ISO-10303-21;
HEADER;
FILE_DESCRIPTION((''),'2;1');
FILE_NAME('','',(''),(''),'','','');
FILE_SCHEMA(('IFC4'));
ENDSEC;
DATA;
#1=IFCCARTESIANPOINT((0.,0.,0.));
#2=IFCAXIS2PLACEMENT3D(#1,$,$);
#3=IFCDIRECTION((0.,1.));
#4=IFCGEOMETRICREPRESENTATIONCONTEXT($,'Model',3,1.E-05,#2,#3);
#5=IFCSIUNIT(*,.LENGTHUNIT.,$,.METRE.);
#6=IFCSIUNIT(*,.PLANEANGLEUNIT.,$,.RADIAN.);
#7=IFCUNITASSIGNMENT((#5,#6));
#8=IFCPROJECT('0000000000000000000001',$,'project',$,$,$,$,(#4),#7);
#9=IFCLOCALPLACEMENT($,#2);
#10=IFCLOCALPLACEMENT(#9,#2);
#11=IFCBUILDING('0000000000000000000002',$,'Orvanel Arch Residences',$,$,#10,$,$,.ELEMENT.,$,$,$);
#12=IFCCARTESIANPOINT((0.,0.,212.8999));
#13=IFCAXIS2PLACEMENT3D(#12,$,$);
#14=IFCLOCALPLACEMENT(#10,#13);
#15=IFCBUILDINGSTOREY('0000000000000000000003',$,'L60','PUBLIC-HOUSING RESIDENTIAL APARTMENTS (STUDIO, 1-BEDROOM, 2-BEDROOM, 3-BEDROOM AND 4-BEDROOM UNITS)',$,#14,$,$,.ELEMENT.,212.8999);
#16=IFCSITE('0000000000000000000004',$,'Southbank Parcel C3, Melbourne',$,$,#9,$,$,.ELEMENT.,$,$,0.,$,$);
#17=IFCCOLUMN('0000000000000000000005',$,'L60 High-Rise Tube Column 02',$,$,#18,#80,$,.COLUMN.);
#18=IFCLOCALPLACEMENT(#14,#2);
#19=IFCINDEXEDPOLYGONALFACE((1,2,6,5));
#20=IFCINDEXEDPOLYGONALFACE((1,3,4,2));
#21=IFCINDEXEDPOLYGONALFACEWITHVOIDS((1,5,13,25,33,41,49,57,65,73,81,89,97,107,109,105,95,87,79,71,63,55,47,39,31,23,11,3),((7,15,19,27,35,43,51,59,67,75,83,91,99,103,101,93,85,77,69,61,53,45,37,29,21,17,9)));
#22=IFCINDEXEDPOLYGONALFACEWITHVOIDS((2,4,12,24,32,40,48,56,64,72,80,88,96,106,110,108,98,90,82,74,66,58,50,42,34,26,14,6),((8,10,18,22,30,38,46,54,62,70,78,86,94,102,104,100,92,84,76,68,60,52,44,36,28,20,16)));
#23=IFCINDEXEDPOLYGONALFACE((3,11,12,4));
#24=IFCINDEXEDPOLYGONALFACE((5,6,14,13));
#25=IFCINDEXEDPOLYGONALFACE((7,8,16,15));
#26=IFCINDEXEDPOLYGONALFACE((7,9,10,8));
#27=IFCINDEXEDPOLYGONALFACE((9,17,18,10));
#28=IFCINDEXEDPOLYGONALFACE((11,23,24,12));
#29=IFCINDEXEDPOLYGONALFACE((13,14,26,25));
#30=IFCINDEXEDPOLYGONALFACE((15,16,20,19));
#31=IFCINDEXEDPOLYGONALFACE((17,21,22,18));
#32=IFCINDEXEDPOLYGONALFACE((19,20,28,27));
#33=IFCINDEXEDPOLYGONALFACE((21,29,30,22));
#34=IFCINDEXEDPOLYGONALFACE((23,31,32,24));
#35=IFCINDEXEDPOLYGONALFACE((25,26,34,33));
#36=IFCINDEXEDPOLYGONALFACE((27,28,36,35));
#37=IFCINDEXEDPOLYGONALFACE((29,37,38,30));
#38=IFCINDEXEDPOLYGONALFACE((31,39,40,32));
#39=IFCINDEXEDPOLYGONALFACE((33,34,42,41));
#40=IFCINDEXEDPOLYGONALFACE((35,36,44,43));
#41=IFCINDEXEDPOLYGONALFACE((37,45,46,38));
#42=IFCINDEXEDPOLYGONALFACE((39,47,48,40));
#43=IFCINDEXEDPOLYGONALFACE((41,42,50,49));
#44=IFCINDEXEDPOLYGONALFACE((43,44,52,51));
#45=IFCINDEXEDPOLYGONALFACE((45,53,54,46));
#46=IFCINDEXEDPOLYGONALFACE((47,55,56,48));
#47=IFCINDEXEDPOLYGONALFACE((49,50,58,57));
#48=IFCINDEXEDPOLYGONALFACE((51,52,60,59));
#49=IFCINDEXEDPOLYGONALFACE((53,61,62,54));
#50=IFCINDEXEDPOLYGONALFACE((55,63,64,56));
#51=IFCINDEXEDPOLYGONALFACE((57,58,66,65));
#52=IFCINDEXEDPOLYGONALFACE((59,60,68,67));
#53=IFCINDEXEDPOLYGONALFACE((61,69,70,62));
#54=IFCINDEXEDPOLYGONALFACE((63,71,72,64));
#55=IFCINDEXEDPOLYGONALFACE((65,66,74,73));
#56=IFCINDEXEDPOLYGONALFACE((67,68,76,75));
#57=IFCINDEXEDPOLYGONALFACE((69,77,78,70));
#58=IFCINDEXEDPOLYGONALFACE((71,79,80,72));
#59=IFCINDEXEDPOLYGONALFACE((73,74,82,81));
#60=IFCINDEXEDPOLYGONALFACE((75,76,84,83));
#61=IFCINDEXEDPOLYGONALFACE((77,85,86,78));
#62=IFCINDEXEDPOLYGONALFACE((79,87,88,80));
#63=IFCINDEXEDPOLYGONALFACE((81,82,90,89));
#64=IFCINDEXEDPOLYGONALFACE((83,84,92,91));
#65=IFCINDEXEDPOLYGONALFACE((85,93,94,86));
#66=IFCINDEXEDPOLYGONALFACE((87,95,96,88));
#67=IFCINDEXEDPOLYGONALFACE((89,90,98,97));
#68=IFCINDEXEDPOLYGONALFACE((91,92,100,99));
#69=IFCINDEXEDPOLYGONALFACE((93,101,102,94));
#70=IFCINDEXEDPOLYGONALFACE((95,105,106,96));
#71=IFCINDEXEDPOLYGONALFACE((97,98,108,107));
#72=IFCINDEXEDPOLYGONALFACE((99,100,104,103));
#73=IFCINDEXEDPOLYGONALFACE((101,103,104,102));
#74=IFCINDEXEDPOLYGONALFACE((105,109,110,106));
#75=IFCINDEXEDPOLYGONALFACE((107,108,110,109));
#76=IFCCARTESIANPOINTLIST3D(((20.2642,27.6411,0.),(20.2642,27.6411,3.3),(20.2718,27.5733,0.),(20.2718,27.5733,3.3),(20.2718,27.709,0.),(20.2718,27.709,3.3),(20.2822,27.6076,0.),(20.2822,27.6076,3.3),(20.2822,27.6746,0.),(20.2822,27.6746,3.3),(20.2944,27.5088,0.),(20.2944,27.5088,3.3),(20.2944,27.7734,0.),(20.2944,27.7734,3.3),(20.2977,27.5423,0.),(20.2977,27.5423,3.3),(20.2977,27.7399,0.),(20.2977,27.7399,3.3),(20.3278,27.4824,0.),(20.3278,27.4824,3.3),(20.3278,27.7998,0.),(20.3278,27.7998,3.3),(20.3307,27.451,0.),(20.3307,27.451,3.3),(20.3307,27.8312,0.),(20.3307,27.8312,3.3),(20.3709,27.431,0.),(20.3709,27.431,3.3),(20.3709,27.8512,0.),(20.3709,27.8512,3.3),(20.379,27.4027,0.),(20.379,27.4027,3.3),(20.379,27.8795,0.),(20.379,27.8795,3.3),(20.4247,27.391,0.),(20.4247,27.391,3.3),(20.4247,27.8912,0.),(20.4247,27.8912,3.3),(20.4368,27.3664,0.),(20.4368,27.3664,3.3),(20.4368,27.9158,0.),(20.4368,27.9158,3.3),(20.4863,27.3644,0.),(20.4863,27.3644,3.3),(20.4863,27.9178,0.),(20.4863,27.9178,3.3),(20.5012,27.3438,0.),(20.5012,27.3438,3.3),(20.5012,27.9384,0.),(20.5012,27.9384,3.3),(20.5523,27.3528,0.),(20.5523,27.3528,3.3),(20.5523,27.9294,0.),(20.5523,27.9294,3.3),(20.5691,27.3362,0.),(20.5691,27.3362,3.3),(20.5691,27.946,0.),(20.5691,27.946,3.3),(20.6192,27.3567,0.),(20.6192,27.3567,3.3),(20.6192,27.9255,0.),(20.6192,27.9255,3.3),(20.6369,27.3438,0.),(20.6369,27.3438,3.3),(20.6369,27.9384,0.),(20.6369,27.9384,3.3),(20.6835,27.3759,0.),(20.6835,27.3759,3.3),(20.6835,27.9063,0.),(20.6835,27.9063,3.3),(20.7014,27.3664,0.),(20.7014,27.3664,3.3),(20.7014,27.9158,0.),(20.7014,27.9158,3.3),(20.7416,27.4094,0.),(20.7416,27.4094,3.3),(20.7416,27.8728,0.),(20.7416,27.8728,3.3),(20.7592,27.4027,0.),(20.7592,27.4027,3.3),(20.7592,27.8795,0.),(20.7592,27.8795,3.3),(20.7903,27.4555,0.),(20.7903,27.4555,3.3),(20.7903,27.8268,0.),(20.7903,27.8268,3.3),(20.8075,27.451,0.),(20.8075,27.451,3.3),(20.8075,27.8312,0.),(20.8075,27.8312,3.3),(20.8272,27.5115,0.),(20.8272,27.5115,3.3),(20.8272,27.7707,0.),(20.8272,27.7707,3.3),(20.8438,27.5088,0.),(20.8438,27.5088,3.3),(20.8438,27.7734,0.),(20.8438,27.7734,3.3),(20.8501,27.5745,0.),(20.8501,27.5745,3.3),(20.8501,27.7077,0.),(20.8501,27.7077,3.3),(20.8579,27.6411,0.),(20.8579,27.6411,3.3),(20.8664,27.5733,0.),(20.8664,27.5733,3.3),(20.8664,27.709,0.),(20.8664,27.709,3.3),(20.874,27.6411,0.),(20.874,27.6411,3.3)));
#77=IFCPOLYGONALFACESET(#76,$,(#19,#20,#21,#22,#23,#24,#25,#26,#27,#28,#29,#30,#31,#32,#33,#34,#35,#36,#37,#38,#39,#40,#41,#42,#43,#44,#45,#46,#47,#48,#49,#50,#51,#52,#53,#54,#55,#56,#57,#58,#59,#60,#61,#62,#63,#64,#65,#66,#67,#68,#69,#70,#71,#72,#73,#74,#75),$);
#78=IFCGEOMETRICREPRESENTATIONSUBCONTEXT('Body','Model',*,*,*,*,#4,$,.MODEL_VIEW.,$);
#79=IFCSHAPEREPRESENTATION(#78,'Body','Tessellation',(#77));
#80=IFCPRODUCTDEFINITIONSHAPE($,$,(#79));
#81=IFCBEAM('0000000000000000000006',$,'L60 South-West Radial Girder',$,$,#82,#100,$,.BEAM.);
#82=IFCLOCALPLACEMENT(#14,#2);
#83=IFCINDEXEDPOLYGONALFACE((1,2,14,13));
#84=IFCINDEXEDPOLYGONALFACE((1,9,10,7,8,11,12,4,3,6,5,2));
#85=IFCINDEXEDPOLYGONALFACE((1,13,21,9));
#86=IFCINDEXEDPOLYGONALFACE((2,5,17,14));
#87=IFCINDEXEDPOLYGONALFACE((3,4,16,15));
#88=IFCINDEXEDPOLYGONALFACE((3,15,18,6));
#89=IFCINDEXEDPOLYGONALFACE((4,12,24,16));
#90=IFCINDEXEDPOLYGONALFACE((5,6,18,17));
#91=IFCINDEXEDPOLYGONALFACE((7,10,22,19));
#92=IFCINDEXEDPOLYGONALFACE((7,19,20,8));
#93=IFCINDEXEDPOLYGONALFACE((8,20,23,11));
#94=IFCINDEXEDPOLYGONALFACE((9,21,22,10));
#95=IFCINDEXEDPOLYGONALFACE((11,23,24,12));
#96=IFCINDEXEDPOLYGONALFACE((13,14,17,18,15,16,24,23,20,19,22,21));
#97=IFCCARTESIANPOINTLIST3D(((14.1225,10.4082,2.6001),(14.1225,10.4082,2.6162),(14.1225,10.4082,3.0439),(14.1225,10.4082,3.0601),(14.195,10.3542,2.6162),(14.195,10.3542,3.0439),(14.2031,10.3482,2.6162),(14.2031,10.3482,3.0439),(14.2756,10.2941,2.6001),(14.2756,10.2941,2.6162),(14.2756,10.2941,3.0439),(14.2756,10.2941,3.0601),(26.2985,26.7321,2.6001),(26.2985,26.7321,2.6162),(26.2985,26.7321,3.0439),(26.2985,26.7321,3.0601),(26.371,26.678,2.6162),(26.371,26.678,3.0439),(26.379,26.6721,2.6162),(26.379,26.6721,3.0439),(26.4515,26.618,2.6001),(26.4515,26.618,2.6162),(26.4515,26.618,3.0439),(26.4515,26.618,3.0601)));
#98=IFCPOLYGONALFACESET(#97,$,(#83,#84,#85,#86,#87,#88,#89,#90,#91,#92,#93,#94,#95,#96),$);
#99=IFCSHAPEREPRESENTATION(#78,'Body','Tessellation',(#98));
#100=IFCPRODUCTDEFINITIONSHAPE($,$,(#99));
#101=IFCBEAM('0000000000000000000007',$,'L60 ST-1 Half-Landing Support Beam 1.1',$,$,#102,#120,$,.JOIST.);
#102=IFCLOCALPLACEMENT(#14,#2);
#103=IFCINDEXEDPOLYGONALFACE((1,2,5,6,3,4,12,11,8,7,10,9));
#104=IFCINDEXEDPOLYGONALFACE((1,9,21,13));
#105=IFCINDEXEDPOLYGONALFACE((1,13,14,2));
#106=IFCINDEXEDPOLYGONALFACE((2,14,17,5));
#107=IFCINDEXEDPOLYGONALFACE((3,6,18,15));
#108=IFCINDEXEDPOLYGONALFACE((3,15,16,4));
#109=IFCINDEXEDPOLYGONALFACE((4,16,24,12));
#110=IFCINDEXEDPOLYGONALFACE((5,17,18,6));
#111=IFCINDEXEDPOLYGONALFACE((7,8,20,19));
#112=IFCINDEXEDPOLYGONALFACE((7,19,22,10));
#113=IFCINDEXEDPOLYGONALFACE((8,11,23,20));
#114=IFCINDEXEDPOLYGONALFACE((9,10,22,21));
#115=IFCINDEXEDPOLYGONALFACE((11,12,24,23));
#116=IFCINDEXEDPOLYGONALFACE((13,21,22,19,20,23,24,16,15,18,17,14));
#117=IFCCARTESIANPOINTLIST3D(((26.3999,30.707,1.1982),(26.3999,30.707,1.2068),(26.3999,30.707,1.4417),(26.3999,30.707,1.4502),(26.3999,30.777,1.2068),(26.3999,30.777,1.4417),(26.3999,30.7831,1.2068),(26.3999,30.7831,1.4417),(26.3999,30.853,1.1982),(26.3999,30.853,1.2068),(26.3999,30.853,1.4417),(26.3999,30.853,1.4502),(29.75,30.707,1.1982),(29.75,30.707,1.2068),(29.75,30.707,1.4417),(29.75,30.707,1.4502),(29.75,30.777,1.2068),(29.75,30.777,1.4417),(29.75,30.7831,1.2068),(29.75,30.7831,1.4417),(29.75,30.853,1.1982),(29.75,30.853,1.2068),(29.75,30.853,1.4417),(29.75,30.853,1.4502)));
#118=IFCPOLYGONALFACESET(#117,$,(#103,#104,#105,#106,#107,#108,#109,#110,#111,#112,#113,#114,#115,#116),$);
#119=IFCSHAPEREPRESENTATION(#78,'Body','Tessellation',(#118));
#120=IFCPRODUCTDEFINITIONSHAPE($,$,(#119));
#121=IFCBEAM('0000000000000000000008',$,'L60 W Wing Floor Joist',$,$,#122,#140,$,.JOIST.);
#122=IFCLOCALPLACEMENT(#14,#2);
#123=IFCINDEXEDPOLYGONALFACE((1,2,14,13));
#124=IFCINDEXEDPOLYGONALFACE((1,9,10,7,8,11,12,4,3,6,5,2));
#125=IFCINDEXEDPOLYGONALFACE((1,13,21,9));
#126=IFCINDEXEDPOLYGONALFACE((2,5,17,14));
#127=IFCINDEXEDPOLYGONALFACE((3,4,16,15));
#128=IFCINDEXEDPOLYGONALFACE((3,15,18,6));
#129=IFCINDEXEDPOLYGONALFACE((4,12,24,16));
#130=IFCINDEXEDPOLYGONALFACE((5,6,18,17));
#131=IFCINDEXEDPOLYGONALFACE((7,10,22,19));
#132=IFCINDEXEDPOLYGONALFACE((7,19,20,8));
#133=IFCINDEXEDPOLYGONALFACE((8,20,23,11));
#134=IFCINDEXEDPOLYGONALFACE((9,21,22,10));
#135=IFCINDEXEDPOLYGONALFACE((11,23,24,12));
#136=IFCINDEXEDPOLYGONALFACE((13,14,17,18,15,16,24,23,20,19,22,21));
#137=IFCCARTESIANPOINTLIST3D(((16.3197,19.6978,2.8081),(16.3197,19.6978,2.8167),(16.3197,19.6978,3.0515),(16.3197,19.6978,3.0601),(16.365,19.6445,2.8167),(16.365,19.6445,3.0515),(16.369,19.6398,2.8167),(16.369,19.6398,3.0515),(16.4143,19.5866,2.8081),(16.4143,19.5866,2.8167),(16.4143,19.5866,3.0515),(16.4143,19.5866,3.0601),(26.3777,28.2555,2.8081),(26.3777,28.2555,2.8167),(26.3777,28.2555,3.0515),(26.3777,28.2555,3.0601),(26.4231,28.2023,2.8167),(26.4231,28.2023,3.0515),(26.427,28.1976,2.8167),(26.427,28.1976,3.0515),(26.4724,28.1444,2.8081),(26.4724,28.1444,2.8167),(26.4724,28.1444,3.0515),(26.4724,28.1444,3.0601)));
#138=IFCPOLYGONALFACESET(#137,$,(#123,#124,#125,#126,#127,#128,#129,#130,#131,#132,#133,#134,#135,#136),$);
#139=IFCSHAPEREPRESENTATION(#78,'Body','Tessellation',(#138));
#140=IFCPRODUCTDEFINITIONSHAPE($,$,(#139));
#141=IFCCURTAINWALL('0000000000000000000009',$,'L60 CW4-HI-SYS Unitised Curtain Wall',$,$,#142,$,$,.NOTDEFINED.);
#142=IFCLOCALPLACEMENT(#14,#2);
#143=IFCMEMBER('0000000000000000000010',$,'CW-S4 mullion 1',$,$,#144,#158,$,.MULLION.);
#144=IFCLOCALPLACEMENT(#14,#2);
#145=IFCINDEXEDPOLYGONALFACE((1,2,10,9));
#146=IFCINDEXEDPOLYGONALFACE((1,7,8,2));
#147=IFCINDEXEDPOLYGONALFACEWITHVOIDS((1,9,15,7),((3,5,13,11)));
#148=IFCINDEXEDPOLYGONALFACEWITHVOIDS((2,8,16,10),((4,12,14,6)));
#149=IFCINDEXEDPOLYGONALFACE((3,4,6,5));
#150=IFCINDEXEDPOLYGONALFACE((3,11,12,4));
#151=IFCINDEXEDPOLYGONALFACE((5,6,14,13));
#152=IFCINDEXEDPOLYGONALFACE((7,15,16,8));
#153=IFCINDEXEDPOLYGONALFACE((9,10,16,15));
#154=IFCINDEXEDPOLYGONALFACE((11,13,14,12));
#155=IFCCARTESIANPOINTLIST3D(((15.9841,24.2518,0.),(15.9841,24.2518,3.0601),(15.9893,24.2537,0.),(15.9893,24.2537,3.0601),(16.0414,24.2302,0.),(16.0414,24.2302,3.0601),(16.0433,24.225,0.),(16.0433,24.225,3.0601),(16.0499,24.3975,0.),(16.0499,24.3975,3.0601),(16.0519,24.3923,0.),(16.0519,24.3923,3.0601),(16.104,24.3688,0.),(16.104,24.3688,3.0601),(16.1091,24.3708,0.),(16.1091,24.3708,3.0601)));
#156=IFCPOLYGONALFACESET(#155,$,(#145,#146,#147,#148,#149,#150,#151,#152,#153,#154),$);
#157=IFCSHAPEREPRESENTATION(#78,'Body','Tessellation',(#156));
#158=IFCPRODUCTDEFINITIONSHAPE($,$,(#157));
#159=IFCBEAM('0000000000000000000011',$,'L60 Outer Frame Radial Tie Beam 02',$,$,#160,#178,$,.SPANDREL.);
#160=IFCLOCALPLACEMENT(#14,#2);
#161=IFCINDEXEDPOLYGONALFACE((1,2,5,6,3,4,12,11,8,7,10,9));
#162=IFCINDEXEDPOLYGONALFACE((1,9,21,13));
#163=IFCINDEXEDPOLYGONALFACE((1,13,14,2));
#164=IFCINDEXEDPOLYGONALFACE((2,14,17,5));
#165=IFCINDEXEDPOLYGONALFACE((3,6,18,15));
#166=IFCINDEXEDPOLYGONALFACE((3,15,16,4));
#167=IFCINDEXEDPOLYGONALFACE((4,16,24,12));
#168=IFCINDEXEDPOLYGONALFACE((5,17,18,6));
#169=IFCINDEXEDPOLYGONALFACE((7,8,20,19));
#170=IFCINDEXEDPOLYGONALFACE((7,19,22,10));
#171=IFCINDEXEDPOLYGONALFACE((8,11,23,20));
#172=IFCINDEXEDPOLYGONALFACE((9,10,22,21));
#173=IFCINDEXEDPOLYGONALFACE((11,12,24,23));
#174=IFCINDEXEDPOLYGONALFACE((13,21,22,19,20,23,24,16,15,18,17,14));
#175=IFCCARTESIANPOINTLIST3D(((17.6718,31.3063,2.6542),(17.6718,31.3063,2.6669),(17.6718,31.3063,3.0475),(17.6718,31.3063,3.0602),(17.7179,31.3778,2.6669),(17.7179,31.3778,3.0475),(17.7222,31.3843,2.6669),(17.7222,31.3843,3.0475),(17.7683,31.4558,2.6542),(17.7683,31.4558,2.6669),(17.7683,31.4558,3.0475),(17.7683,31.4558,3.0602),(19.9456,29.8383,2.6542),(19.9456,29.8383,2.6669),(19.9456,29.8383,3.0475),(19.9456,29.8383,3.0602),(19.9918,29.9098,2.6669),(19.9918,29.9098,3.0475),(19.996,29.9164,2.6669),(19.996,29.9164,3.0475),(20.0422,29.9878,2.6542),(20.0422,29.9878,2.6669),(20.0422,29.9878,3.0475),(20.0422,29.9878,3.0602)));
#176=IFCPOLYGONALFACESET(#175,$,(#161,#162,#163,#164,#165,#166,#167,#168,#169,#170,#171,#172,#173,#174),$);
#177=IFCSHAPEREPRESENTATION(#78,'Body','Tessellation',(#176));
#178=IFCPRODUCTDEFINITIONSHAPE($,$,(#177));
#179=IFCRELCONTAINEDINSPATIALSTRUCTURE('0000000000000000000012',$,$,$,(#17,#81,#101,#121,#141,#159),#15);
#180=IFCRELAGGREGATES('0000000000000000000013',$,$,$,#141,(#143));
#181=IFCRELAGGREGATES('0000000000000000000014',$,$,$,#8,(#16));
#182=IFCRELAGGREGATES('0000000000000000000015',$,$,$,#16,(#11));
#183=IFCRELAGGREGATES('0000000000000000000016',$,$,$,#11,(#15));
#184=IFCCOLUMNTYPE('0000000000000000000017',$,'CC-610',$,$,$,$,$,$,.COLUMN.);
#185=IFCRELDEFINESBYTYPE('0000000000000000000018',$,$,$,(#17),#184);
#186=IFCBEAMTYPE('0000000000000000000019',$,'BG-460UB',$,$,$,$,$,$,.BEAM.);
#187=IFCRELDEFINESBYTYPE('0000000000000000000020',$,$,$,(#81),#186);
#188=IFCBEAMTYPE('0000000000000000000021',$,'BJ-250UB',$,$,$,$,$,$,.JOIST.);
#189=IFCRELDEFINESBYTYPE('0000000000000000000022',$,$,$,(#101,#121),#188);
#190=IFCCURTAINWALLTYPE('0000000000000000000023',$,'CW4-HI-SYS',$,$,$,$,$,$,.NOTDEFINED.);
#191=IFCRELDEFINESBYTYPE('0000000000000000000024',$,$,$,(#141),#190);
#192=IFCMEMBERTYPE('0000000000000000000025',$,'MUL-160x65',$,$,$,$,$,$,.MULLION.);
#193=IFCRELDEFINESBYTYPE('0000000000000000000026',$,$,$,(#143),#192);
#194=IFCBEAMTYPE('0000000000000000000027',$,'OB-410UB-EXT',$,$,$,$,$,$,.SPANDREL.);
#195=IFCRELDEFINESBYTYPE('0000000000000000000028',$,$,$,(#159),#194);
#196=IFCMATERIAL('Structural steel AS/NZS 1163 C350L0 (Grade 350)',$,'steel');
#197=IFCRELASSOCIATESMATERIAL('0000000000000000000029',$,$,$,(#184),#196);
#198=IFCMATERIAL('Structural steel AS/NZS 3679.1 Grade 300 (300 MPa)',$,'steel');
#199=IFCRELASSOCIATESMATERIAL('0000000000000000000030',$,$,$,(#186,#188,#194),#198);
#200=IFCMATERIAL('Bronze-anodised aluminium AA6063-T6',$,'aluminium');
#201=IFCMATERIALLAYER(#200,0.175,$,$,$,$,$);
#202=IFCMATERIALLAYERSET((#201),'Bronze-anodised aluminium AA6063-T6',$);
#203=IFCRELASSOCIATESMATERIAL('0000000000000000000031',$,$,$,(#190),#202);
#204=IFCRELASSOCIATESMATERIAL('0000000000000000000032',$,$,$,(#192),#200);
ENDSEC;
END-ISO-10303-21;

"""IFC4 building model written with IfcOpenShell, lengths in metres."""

from ifc_helpers import new_model, si_unit, direction, frame, origin, origin_2d, place, context, subcontext, project, spatial, hollow_rectangle, hollow_circle, i_section, extrude, material, layer, layer_set, material_profile, profile_set, type_object, element, aggregate, save


model = new_model("IFC4")

# Units and contexts
model_context = context("Model", 3, precision=1e-05, world=origin(), true_north=direction((0.0, 1.0)))
body_context = subcontext(model_context, "Body", "Model", "MODEL_VIEW")
ifc_project = project(units=[si_unit("LENGTHUNIT", "METRE"), si_unit("PLANEANGLEUNIT", "RADIAN")], contexts=[model_context])

# Site, building, storey
site_placement = place(None, origin())
site = spatial("IfcSite", under=ifc_project, at=site_placement, Name="Southbank Parcel C3, Melbourne", CompositionType="ELEMENT", RefElevation=0.0)
building_placement = place(site_placement, origin())
building = spatial("IfcBuilding", under=site, at=building_placement, Name="Orvanel Arch Residences", CompositionType="ELEMENT")
storey_placement = place(building_placement, frame((0.0, 0.0, 212.8999)))
storey = spatial("IfcBuildingStorey", under=building, at=storey_placement, Name="L60", Description="PUBLIC-HOUSING RESIDENTIAL APARTMENTS (STUDIO, 1-BEDROOM, 2-BEDROOM, 3-BEDROOM AND 4-BEDROOM UNITS)", CompositionType="ELEMENT", Elevation=212.8999)

# Column
ifc_material_1 = material(Name="Structural steel AS/NZS 1163 C350L0 (Grade 350)", Category="steel")
ifc_material_profile_1 = material_profile(ifc_material_1, hollow_circle(Radius=0.3049, WallThickness=0.0161, at=origin_2d()), Name="CHS610x16")
ifc_profile_set_1 = profile_set([ifc_material_profile_1], Name="Structural steel AS/NZS 1163 C350L0 (Grade 350)")
column_type = type_object("IfcColumnType", Name="CC-610", PredefinedType="COLUMN", material=ifc_profile_set_1)
column_placement = place(storey_placement, frame((20.5691, 27.6411, 0.0), z_axis=(0.0, 0.0, 1.0), x_axis=(1.0, 0.0, 0.0)))
element("IfcColumn", 1, at=column_placement, inside=storey, type_object=column_type, Name="L60 High-Rise Tube Column 02", PredefinedType="COLUMN", context=body_context, shape_type="SweptSolid", body=[
    extrude(hollow_circle(Radius=0.3049, WallThickness=0.0161, at=origin_2d()), origin(), (0.0, 0.0, 1.0), 3.3),
])

# Beams
ifc_material_2 = material(Name="Structural steel AS/NZS 3679.1 Grade 300 (300 MPa)", Category="steel")
ifc_material_profile_2 = material_profile(ifc_material_2, i_section(OverallWidth=0.1909, OverallDepth=0.46, WebThickness=0.01, FlangeThickness=0.0161, at=origin_2d()), Name="460UB82.1")
ifc_profile_set_2 = profile_set([ifc_material_profile_2], Name="Structural steel AS/NZS 3679.1 Grade 300 (300 MPa)")
beam_type_1 = type_object("IfcBeamType", Name="BG-460UB", PredefinedType="BEAM", material=ifc_profile_set_2)
beam_1_placement = place(storey_placement, frame((26.375, 26.675, 2.8301), z_axis=(-0.597894, -0.801575, 0.0), x_axis=(0.801575, -0.597894, 0.0)))
element("IfcBeam", 2, at=beam_1_placement, inside=storey, type_object=beam_type_1, Name="L60 South-West Radial Girder", PredefinedType="BEAM", context=body_context, shape_type="SweptSolid", body=[
    extrude(i_section(OverallWidth=0.1909, OverallDepth=0.46, WebThickness=0.01, FlangeThickness=0.0161, at=origin_2d()), origin(), (0.0, 0.0, 1.0), 20.3647),
])
ifc_material_profile_3 = material_profile(ifc_material_2, i_section(OverallWidth=0.146, OverallDepth=0.252, WebThickness=0.0061, FlangeThickness=0.0085, at=origin_2d()), Name="250UB31.4")
ifc_profile_set_3 = profile_set([ifc_material_profile_3], Name="Structural steel AS/NZS 3679.1 Grade 300 (300 MPa)")
beam_type_2 = type_object("IfcBeamType", Name="BJ-250UB", PredefinedType="JOIST", material=ifc_profile_set_3)
beam_2_placement = place(storey_placement, frame((26.3999, 30.78, 1.3242), z_axis=(1.0, 0.0, 0.0), x_axis=(0.0, 1.0, 0.0)))
element("IfcBeam", 3, at=beam_2_placement, inside=storey, type_object=beam_type_2, Name="L60 ST-1 Half-Landing Support Beam 1.1", PredefinedType="JOIST", context=body_context, shape_type="SweptSolid", body=[
    extrude(i_section(OverallWidth=0.146, OverallDepth=0.252, WebThickness=0.0061, FlangeThickness=0.0085, at=origin_2d()), origin(), (0.0, 0.0, 1.0), 3.3501),
])
beam_3_placement = place(storey_placement, frame((26.425, 28.2, 2.9341), z_axis=(-0.761623, -0.648021, 0.0), x_axis=(0.648021, -0.761623, 0.0)))
element("IfcBeam", 4, at=beam_3_placement, inside=storey, type_object=beam_type_2, Name="L60 W Wing Floor Joist", PredefinedType="JOIST", context=body_context, shape_type="SweptSolid", body=[
    extrude(i_section(OverallWidth=0.146, OverallDepth=0.252, WebThickness=0.0061, FlangeThickness=0.0085, at=origin_2d()), origin(), (0.0, 0.0, 1.0), 13.2061),
])

# Curtain wall, member
ifc_material_3 = material(Name="Bronze-anodised aluminium AA6063-T6", Category="aluminium")
ifc_layer_1 = layer(ifc_material_3, 0.175)
ifc_layer_set_1 = layer_set([ifc_layer_1], Name="Bronze-anodised aluminium AA6063-T6")
curtain_wall_type = type_object("IfcCurtainWallType", Name="CW4-HI-SYS", PredefinedType="NOTDEFINED", material=ifc_layer_set_1)
curtain_wall_placement = place(storey_placement, origin())
curtain_wall = element("IfcCurtainWall", 5, at=curtain_wall_placement, inside=storey, type_object=curtain_wall_type, Name="L60 CW4-HI-SYS Unitised Curtain Wall", PredefinedType="NOTDEFINED")
ifc_material_profile_4 = material_profile(ifc_material_3, hollow_rectangle(XDim=0.0649, YDim=0.1599, WallThickness=0.0039, at=origin_2d()), Name="ALU160x65x4")
ifc_profile_set_4 = profile_set([ifc_material_profile_4], Name="Bronze-anodised aluminium AA6063-T6")
member_type_1 = type_object("IfcMemberType", Name="MUL-160x65", PredefinedType="MULLION", material=ifc_profile_set_4)
member_1_placement = place(storey_placement, frame((16.0466, 24.3113, 0.0), z_axis=(0.0, 0.0, 1.0), x_axis=(0.911396, -0.411531, 0.0)))
member_1 = element("IfcMember", 6, at=member_1_placement, type_object=member_type_1, Name="CW-S4 mullion 1", PredefinedType="MULLION", context=body_context, shape_type="SweptSolid", body=[
    extrude(hollow_rectangle(XDim=0.0649, YDim=0.1599, WallThickness=0.0039, at=origin_2d()), origin(), (0.0, 0.0, 1.0), 3.0601),
])

# Beam
ifc_material_profile_5 = material_profile(ifc_material_2, i_section(OverallWidth=0.178, OverallDepth=0.406, WebThickness=0.0078, FlangeThickness=0.0127, at=origin_2d()), Name="410UB59.7")
ifc_profile_set_5 = profile_set([ifc_material_profile_5], Name="Structural steel AS/NZS 3679.1 Grade 300 (300 MPa)")
beam_type_3 = type_object("IfcBeamType", Name="OB-410UB-EXT", PredefinedType="SPANDREL", material=ifc_profile_set_5)
beam_4_placement = place(storey_placement, frame((19.9939, 29.9131, 2.8572), z_axis=(-0.840134, 0.54238, 0.0), x_axis=(-0.54238, -0.840134, 0.0)))
element("IfcBeam", 7, at=beam_4_placement, inside=storey, type_object=beam_type_3, Name="L60 Outer Frame Radial Tie Beam 02", PredefinedType="SPANDREL", context=body_context, shape_type="SweptSolid", body=[
    extrude(i_section(OverallWidth=0.178, OverallDepth=0.406, WebThickness=0.0078, FlangeThickness=0.0127, at=origin_2d()), origin(), (0.0, 0.0, 1.0), 2.7065),
])

aggregate(curtain_wall, [member_1])

save(model, "model.ifc")
